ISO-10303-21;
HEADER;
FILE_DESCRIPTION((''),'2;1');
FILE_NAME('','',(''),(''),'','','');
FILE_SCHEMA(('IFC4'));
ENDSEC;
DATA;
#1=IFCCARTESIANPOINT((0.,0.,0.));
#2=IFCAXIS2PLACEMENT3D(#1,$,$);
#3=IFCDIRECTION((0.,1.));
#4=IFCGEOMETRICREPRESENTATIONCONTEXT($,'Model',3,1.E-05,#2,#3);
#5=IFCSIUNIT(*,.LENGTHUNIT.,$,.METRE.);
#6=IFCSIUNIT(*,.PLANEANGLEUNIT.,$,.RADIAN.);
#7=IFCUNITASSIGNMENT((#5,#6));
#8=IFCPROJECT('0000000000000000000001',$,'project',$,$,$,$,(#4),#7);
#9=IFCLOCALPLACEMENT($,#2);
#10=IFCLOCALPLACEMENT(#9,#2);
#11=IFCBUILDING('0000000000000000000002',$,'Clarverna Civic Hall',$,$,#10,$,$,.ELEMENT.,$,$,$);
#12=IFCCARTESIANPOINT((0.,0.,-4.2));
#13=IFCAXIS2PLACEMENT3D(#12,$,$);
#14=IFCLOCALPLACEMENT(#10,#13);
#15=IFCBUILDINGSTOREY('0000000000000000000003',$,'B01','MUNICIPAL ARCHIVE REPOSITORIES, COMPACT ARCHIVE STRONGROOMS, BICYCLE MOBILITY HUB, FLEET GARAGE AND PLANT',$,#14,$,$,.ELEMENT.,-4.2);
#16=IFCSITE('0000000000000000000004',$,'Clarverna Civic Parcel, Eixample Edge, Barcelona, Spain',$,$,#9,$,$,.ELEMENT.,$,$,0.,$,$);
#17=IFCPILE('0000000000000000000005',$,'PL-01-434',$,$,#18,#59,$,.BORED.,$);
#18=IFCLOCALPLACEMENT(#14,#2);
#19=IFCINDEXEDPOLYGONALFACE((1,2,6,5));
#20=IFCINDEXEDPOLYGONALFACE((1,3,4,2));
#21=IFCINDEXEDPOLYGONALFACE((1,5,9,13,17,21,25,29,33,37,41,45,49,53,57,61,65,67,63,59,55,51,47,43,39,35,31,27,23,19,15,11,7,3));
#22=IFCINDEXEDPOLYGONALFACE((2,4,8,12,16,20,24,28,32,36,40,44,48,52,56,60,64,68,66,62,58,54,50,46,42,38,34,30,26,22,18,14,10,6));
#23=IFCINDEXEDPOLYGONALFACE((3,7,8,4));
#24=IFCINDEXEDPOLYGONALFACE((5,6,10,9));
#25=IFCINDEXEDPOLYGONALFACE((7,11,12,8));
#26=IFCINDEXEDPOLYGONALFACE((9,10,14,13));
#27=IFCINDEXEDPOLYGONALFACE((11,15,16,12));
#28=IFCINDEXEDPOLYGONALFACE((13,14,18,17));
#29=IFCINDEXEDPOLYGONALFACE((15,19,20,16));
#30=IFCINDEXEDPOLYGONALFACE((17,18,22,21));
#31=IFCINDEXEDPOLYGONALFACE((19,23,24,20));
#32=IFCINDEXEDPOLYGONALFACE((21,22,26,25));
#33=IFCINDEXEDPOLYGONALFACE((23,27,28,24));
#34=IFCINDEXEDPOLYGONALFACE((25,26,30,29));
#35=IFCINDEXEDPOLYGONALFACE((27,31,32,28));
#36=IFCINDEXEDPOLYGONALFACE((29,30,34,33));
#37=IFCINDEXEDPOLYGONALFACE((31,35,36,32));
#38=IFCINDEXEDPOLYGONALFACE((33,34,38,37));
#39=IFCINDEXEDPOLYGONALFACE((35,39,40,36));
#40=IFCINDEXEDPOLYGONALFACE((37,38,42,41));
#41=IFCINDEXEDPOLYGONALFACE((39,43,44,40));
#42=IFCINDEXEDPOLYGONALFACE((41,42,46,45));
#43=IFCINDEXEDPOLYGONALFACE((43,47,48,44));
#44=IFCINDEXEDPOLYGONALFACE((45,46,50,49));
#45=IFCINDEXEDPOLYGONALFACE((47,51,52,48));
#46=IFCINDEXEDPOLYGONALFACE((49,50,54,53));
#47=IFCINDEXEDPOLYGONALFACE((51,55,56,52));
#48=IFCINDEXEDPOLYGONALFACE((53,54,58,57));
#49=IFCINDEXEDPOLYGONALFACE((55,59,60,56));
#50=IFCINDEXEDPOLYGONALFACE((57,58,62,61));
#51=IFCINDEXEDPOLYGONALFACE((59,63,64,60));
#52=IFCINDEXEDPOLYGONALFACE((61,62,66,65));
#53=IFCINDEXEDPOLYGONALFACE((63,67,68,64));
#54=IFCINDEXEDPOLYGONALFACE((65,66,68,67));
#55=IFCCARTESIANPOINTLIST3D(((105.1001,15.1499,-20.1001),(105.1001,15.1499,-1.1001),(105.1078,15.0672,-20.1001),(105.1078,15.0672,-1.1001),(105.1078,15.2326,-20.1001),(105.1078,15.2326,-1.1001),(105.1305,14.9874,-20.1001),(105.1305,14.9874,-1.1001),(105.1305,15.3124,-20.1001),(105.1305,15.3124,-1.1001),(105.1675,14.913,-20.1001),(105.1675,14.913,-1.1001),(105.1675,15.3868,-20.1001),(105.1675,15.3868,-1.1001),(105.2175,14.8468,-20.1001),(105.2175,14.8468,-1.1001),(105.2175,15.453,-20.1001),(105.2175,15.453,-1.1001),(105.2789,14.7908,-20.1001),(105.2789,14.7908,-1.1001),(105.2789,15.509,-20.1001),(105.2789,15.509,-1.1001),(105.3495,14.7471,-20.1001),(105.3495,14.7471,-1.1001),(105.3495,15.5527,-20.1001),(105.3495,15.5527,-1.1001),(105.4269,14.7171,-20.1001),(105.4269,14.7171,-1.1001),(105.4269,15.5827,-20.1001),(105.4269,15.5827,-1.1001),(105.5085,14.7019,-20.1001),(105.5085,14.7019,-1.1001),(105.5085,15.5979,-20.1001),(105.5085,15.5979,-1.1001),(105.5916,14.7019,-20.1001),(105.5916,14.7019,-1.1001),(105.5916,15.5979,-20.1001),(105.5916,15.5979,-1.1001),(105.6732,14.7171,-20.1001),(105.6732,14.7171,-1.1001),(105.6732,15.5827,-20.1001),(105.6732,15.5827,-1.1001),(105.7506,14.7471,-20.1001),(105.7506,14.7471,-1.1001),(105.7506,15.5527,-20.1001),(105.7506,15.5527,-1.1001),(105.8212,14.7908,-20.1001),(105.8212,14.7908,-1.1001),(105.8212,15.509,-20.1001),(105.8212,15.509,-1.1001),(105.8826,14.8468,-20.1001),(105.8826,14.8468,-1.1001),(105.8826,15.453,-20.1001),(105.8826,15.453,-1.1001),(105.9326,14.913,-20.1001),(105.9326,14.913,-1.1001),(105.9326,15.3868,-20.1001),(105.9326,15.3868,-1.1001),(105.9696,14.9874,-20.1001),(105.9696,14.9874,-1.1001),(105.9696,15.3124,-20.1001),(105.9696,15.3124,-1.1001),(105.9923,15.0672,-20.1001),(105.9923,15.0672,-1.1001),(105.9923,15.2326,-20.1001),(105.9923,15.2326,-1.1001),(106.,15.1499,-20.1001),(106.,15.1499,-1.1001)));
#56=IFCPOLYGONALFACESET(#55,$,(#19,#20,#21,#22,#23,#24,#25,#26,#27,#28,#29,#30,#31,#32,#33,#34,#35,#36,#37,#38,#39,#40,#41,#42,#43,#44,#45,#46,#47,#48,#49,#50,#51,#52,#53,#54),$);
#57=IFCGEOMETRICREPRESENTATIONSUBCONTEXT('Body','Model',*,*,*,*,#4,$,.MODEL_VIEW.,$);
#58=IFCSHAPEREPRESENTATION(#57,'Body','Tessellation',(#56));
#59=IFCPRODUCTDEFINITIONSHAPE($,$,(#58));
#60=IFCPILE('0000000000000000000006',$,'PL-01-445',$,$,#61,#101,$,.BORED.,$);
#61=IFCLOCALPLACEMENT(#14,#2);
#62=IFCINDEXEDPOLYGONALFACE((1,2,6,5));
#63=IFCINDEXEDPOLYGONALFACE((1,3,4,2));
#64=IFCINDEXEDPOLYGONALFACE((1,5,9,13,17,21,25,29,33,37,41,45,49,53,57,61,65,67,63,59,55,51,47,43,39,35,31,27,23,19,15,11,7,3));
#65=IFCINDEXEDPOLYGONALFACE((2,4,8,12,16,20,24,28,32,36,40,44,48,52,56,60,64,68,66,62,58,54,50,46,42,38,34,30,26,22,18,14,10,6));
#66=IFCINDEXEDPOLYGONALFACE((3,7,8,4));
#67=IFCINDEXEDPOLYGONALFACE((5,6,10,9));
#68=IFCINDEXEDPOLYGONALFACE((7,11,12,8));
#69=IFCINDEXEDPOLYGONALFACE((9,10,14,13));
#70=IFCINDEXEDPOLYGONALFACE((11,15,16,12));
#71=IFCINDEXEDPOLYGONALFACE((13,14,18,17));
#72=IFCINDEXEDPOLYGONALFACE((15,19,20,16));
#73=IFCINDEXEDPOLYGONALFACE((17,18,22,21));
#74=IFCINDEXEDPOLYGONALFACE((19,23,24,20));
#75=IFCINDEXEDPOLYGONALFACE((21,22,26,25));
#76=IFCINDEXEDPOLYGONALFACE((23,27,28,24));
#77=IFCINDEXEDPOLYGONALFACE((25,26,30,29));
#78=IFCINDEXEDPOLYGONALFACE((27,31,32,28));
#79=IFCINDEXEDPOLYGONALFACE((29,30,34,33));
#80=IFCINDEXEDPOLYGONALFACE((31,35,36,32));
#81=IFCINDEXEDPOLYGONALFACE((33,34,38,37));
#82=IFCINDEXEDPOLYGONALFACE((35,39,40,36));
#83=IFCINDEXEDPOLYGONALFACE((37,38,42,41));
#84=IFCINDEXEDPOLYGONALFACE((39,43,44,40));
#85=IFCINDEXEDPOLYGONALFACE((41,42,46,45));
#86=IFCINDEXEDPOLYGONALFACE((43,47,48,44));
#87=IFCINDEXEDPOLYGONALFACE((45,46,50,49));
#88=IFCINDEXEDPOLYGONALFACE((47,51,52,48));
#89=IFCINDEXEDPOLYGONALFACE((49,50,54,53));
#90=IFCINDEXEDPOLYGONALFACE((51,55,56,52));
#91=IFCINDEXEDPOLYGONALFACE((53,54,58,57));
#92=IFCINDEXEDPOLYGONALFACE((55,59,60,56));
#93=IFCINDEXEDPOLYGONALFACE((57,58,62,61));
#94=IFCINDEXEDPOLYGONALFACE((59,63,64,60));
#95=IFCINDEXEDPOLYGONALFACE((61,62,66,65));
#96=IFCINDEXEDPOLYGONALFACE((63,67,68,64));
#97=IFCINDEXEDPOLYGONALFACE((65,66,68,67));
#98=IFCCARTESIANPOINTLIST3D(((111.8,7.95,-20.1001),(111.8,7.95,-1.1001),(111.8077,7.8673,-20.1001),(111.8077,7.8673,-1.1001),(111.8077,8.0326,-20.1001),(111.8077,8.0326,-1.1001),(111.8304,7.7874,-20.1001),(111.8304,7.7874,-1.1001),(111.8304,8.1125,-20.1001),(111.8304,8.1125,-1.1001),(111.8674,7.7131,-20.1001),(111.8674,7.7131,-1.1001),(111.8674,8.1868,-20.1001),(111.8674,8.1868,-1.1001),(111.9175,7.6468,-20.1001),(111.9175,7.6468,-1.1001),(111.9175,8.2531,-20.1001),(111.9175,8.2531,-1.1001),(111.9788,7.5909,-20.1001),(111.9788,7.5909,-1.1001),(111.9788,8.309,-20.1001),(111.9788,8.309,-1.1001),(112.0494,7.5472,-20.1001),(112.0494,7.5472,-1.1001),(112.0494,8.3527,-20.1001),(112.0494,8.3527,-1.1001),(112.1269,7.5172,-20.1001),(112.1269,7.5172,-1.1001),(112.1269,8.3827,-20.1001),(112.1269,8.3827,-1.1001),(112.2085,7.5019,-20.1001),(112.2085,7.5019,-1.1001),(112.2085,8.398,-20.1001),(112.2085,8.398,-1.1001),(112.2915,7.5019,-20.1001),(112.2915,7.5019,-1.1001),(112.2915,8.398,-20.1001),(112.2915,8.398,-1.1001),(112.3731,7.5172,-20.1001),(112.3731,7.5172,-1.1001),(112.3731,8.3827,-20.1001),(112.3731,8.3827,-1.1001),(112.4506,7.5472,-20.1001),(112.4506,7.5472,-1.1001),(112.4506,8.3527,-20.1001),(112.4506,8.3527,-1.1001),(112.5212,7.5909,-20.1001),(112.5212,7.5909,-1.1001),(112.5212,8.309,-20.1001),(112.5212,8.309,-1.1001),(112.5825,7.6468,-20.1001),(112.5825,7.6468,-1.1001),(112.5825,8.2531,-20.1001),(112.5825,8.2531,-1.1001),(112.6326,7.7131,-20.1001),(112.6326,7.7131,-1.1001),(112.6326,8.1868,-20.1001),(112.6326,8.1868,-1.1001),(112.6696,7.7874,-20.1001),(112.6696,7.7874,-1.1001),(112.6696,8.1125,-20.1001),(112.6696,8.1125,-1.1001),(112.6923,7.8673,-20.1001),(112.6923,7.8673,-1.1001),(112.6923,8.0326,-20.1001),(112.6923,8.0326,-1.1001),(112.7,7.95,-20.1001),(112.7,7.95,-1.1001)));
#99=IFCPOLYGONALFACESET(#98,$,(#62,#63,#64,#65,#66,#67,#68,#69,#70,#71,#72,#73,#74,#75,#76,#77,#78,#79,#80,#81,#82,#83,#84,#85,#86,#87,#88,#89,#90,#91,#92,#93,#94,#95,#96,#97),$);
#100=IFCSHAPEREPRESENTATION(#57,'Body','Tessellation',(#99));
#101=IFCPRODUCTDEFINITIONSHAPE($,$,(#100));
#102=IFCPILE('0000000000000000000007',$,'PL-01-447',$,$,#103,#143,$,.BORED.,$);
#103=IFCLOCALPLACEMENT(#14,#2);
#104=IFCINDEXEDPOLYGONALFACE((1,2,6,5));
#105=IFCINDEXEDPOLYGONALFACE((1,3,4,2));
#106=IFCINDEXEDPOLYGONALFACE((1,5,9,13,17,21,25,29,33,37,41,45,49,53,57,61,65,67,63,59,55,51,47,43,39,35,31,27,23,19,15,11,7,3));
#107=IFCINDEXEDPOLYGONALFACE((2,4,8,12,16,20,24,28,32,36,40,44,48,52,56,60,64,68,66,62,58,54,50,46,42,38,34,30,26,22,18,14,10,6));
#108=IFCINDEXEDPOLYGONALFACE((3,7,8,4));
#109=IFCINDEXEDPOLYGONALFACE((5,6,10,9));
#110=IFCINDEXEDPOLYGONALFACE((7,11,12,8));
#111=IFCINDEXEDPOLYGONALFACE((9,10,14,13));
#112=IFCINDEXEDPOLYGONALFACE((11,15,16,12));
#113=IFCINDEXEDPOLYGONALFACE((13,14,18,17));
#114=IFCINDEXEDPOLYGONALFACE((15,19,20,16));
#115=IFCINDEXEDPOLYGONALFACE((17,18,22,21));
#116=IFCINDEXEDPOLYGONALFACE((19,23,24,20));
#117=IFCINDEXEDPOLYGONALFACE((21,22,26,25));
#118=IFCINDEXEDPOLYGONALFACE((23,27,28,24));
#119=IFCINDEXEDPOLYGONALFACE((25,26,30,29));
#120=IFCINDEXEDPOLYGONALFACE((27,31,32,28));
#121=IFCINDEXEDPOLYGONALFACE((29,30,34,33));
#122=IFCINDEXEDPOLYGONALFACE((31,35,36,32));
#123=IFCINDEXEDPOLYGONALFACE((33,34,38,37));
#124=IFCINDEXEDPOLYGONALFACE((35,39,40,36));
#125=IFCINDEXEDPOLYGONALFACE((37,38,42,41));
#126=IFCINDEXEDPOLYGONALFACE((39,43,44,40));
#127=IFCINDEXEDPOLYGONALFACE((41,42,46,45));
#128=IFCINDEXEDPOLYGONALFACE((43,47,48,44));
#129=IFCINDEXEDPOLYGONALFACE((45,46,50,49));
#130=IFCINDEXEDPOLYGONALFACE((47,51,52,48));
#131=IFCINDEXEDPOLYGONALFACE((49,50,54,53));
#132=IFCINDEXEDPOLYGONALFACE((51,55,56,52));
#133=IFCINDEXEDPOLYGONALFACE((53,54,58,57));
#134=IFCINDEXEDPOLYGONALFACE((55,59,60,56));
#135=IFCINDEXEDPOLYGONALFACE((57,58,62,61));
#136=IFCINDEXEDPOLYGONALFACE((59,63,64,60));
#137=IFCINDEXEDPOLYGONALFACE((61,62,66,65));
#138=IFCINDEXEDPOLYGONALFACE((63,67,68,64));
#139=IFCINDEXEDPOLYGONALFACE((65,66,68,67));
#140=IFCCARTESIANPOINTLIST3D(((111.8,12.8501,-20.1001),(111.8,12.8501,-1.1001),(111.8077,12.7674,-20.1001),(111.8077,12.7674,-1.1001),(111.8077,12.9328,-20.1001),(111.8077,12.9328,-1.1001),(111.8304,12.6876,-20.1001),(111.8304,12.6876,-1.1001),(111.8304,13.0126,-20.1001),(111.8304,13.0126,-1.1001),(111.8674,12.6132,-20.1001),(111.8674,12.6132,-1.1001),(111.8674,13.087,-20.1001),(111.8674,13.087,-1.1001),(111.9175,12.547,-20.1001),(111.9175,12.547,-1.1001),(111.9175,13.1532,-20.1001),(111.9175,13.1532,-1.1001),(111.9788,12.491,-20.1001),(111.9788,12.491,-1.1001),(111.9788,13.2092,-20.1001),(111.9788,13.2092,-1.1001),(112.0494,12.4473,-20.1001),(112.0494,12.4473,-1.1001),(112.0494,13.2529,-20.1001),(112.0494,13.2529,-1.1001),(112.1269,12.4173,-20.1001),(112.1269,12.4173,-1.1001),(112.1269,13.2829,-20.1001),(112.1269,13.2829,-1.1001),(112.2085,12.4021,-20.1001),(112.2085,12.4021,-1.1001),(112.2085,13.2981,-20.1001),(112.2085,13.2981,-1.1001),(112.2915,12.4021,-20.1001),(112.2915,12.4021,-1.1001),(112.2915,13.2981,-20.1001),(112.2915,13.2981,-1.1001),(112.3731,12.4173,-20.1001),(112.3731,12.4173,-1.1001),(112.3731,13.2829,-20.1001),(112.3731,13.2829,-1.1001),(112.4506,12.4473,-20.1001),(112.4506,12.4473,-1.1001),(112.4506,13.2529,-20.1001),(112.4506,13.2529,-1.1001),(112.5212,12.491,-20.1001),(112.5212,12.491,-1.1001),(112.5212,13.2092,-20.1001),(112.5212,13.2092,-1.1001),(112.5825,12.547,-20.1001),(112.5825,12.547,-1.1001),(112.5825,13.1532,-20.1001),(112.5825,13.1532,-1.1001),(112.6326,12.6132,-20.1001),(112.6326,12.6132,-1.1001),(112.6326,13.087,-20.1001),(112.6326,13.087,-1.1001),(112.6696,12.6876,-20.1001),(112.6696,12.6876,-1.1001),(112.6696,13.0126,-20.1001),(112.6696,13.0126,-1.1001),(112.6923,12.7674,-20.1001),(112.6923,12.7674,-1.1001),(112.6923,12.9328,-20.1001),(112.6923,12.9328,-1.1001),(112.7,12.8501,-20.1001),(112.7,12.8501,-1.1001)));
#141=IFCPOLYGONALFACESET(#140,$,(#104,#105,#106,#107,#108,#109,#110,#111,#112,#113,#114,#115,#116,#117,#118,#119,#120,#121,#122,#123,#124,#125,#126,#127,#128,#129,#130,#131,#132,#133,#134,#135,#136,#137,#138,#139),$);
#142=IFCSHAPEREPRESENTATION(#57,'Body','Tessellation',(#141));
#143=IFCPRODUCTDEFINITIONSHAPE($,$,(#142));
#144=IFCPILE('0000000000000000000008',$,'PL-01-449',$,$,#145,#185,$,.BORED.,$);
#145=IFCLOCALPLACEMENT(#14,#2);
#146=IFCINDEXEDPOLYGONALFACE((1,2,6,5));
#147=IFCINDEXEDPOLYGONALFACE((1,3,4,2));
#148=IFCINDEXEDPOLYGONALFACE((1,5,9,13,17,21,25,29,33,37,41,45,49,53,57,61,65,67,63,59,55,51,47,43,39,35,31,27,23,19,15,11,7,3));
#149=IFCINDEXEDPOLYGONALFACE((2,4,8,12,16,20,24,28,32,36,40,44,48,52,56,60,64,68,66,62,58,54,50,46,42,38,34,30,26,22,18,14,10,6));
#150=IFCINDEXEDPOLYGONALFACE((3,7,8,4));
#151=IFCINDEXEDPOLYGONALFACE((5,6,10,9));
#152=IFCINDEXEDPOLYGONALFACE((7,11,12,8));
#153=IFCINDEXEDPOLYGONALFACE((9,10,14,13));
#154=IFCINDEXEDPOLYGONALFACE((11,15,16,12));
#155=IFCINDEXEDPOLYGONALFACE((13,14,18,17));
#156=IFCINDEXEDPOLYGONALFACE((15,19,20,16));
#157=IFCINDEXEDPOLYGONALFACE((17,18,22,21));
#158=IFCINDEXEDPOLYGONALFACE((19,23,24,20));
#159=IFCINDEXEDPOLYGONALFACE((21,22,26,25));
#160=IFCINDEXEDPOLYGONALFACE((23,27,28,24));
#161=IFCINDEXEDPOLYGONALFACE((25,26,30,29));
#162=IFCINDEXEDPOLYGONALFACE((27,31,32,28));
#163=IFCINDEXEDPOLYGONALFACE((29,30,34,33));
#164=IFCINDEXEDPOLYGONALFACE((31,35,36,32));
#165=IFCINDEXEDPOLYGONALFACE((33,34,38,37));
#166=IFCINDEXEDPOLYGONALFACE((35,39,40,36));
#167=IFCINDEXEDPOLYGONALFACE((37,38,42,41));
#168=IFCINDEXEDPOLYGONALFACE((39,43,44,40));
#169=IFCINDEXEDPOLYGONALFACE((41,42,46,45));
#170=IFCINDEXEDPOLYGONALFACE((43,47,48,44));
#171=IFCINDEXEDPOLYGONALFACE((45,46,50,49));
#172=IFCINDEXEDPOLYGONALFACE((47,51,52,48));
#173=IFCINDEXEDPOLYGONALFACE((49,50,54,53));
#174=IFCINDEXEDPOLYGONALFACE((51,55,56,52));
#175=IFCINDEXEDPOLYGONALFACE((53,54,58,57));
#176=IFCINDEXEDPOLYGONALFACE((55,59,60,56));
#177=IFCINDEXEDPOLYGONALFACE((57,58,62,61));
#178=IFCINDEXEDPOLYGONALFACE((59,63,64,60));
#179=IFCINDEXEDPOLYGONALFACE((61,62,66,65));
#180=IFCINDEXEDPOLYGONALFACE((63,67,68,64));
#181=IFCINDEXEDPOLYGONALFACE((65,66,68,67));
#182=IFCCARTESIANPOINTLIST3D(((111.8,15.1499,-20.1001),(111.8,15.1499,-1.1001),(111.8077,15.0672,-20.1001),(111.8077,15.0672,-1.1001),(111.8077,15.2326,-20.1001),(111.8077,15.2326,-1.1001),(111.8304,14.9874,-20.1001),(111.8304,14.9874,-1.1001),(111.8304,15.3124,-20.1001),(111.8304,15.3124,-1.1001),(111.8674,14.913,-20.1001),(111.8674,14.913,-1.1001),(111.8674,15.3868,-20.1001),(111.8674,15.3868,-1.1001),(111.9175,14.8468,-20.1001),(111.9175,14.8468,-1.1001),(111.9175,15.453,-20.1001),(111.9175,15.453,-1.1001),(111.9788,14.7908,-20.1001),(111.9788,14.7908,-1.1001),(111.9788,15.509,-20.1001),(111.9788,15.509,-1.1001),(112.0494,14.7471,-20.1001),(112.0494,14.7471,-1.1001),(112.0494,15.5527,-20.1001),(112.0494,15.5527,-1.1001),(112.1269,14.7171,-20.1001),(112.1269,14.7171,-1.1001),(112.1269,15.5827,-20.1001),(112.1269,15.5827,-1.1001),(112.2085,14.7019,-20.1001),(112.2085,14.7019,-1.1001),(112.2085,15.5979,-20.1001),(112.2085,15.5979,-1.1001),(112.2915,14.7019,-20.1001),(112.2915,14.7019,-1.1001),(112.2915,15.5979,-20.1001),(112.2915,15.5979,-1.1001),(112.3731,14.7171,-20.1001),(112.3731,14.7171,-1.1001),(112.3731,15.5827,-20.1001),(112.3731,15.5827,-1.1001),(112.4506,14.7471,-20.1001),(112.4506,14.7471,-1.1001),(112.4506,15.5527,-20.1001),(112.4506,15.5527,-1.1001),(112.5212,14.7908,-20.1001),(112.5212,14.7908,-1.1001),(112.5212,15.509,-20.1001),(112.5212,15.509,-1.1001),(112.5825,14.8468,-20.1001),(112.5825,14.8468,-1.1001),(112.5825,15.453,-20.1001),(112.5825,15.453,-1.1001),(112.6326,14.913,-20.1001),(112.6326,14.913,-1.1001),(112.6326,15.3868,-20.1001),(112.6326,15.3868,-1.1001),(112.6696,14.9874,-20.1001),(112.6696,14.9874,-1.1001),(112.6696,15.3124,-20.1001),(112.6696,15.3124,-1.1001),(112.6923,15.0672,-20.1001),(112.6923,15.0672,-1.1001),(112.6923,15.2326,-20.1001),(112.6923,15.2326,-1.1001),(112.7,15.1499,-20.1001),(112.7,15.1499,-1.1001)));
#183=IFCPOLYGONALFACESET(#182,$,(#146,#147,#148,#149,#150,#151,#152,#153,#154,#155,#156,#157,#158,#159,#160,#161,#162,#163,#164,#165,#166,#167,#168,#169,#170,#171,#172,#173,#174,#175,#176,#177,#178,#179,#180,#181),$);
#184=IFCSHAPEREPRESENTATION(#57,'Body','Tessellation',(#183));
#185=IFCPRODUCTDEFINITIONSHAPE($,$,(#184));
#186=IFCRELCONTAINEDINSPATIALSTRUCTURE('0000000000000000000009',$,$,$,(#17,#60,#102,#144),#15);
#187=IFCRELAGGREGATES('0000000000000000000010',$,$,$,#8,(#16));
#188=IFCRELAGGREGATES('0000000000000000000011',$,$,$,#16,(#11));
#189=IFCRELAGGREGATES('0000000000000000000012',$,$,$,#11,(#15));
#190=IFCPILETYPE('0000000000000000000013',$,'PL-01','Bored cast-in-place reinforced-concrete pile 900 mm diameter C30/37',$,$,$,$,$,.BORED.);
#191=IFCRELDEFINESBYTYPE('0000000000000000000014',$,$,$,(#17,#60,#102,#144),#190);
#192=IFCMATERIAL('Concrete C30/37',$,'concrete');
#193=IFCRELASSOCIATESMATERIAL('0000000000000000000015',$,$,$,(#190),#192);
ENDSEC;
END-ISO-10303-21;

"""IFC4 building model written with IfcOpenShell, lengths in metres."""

from ifc_helpers import new_model, si_unit, direction, frame, origin, origin_2d, place, context, subcontext, project, spatial, circle, extrude, material, material_profile, profile_set, type_object, element, save


model = new_model("IFC4")

# Units and contexts
model_context = context("Model", 3, precision=1e-05, world=origin(), true_north=direction((0.0, 1.0)))
body_context = subcontext(model_context, "Body", "Model", "MODEL_VIEW")
ifc_project = project(units=[si_unit("LENGTHUNIT", "METRE"), si_unit("PLANEANGLEUNIT", "RADIAN")], contexts=[model_context])

# Site, building, storey
site_placement = place(None, origin())
site = spatial("IfcSite", under=ifc_project, at=site_placement, Name="Clarverna Civic Parcel, Eixample Edge, Barcelona, Spain", CompositionType="ELEMENT", RefElevation=0.0)
building_placement = place(site_placement, origin())
building = spatial("IfcBuilding", under=site, at=building_placement, Name="Clarverna Civic Hall", CompositionType="ELEMENT")
storey_placement = place(building_placement, frame((0.0, 0.0, -4.2)))
storey = spatial("IfcBuildingStorey", under=building, at=storey_placement, Name="B01", Description="MUNICIPAL ARCHIVE REPOSITORIES, COMPACT ARCHIVE STRONGROOMS, BICYCLE MOBILITY HUB, FLEET GARAGE AND PLANT", CompositionType="ELEMENT", Elevation=-4.2)

# Shared definitions
ifc_material_1 = material(Name="Concrete C30/37", Category="concrete")

# Piles
ifc_material_profile_1 = material_profile(ifc_material_1, circle(Radius=0.45, at=origin_2d()), Name="BORED PILE D900")
ifc_profile_set_1 = profile_set([ifc_material_profile_1], Name="Concrete C30/37")
pile_type = type_object("IfcPileType", Name="PL-01", Description="Bored cast-in-place reinforced-concrete pile 900 mm diameter C30/37", PredefinedType="BORED", material=ifc_profile_set_1)
for number, where, z_axis, x_axis, name in (
    (1, (105.55, 15.1499, -1.1001), (0.0, 0.0, -1.0), (1.0, 0.0, 0.0), "PL-01-434"),
    (2, (112.25, 7.95, -1.1001), (0.0, 0.0, -1.0), (1.0, 0.0, 0.0), "PL-01-445"),
    (3, (112.25, 12.8501, -1.1001), (0.0, 0.0, -1.0), (1.0, 0.0, 0.0), "PL-01-447"),
    (4, (112.25, 15.1499, -1.1001), (0.0, 0.0, -1.0), (1.0, 0.0, 0.0), "PL-01-449"),
):
    element("IfcPile", number, at=place(storey_placement, frame(where, z_axis=z_axis, x_axis=x_axis)), inside=storey, type_object=pile_type, Name=name, PredefinedType="BORED", context=body_context, shape_type="SweptSolid", body=[
        extrude(circle(Radius=0.45, at=origin_2d()), origin(), (0.0, 0.0, 1.0), 19.0),
    ])

save(model, "model.ifc")
